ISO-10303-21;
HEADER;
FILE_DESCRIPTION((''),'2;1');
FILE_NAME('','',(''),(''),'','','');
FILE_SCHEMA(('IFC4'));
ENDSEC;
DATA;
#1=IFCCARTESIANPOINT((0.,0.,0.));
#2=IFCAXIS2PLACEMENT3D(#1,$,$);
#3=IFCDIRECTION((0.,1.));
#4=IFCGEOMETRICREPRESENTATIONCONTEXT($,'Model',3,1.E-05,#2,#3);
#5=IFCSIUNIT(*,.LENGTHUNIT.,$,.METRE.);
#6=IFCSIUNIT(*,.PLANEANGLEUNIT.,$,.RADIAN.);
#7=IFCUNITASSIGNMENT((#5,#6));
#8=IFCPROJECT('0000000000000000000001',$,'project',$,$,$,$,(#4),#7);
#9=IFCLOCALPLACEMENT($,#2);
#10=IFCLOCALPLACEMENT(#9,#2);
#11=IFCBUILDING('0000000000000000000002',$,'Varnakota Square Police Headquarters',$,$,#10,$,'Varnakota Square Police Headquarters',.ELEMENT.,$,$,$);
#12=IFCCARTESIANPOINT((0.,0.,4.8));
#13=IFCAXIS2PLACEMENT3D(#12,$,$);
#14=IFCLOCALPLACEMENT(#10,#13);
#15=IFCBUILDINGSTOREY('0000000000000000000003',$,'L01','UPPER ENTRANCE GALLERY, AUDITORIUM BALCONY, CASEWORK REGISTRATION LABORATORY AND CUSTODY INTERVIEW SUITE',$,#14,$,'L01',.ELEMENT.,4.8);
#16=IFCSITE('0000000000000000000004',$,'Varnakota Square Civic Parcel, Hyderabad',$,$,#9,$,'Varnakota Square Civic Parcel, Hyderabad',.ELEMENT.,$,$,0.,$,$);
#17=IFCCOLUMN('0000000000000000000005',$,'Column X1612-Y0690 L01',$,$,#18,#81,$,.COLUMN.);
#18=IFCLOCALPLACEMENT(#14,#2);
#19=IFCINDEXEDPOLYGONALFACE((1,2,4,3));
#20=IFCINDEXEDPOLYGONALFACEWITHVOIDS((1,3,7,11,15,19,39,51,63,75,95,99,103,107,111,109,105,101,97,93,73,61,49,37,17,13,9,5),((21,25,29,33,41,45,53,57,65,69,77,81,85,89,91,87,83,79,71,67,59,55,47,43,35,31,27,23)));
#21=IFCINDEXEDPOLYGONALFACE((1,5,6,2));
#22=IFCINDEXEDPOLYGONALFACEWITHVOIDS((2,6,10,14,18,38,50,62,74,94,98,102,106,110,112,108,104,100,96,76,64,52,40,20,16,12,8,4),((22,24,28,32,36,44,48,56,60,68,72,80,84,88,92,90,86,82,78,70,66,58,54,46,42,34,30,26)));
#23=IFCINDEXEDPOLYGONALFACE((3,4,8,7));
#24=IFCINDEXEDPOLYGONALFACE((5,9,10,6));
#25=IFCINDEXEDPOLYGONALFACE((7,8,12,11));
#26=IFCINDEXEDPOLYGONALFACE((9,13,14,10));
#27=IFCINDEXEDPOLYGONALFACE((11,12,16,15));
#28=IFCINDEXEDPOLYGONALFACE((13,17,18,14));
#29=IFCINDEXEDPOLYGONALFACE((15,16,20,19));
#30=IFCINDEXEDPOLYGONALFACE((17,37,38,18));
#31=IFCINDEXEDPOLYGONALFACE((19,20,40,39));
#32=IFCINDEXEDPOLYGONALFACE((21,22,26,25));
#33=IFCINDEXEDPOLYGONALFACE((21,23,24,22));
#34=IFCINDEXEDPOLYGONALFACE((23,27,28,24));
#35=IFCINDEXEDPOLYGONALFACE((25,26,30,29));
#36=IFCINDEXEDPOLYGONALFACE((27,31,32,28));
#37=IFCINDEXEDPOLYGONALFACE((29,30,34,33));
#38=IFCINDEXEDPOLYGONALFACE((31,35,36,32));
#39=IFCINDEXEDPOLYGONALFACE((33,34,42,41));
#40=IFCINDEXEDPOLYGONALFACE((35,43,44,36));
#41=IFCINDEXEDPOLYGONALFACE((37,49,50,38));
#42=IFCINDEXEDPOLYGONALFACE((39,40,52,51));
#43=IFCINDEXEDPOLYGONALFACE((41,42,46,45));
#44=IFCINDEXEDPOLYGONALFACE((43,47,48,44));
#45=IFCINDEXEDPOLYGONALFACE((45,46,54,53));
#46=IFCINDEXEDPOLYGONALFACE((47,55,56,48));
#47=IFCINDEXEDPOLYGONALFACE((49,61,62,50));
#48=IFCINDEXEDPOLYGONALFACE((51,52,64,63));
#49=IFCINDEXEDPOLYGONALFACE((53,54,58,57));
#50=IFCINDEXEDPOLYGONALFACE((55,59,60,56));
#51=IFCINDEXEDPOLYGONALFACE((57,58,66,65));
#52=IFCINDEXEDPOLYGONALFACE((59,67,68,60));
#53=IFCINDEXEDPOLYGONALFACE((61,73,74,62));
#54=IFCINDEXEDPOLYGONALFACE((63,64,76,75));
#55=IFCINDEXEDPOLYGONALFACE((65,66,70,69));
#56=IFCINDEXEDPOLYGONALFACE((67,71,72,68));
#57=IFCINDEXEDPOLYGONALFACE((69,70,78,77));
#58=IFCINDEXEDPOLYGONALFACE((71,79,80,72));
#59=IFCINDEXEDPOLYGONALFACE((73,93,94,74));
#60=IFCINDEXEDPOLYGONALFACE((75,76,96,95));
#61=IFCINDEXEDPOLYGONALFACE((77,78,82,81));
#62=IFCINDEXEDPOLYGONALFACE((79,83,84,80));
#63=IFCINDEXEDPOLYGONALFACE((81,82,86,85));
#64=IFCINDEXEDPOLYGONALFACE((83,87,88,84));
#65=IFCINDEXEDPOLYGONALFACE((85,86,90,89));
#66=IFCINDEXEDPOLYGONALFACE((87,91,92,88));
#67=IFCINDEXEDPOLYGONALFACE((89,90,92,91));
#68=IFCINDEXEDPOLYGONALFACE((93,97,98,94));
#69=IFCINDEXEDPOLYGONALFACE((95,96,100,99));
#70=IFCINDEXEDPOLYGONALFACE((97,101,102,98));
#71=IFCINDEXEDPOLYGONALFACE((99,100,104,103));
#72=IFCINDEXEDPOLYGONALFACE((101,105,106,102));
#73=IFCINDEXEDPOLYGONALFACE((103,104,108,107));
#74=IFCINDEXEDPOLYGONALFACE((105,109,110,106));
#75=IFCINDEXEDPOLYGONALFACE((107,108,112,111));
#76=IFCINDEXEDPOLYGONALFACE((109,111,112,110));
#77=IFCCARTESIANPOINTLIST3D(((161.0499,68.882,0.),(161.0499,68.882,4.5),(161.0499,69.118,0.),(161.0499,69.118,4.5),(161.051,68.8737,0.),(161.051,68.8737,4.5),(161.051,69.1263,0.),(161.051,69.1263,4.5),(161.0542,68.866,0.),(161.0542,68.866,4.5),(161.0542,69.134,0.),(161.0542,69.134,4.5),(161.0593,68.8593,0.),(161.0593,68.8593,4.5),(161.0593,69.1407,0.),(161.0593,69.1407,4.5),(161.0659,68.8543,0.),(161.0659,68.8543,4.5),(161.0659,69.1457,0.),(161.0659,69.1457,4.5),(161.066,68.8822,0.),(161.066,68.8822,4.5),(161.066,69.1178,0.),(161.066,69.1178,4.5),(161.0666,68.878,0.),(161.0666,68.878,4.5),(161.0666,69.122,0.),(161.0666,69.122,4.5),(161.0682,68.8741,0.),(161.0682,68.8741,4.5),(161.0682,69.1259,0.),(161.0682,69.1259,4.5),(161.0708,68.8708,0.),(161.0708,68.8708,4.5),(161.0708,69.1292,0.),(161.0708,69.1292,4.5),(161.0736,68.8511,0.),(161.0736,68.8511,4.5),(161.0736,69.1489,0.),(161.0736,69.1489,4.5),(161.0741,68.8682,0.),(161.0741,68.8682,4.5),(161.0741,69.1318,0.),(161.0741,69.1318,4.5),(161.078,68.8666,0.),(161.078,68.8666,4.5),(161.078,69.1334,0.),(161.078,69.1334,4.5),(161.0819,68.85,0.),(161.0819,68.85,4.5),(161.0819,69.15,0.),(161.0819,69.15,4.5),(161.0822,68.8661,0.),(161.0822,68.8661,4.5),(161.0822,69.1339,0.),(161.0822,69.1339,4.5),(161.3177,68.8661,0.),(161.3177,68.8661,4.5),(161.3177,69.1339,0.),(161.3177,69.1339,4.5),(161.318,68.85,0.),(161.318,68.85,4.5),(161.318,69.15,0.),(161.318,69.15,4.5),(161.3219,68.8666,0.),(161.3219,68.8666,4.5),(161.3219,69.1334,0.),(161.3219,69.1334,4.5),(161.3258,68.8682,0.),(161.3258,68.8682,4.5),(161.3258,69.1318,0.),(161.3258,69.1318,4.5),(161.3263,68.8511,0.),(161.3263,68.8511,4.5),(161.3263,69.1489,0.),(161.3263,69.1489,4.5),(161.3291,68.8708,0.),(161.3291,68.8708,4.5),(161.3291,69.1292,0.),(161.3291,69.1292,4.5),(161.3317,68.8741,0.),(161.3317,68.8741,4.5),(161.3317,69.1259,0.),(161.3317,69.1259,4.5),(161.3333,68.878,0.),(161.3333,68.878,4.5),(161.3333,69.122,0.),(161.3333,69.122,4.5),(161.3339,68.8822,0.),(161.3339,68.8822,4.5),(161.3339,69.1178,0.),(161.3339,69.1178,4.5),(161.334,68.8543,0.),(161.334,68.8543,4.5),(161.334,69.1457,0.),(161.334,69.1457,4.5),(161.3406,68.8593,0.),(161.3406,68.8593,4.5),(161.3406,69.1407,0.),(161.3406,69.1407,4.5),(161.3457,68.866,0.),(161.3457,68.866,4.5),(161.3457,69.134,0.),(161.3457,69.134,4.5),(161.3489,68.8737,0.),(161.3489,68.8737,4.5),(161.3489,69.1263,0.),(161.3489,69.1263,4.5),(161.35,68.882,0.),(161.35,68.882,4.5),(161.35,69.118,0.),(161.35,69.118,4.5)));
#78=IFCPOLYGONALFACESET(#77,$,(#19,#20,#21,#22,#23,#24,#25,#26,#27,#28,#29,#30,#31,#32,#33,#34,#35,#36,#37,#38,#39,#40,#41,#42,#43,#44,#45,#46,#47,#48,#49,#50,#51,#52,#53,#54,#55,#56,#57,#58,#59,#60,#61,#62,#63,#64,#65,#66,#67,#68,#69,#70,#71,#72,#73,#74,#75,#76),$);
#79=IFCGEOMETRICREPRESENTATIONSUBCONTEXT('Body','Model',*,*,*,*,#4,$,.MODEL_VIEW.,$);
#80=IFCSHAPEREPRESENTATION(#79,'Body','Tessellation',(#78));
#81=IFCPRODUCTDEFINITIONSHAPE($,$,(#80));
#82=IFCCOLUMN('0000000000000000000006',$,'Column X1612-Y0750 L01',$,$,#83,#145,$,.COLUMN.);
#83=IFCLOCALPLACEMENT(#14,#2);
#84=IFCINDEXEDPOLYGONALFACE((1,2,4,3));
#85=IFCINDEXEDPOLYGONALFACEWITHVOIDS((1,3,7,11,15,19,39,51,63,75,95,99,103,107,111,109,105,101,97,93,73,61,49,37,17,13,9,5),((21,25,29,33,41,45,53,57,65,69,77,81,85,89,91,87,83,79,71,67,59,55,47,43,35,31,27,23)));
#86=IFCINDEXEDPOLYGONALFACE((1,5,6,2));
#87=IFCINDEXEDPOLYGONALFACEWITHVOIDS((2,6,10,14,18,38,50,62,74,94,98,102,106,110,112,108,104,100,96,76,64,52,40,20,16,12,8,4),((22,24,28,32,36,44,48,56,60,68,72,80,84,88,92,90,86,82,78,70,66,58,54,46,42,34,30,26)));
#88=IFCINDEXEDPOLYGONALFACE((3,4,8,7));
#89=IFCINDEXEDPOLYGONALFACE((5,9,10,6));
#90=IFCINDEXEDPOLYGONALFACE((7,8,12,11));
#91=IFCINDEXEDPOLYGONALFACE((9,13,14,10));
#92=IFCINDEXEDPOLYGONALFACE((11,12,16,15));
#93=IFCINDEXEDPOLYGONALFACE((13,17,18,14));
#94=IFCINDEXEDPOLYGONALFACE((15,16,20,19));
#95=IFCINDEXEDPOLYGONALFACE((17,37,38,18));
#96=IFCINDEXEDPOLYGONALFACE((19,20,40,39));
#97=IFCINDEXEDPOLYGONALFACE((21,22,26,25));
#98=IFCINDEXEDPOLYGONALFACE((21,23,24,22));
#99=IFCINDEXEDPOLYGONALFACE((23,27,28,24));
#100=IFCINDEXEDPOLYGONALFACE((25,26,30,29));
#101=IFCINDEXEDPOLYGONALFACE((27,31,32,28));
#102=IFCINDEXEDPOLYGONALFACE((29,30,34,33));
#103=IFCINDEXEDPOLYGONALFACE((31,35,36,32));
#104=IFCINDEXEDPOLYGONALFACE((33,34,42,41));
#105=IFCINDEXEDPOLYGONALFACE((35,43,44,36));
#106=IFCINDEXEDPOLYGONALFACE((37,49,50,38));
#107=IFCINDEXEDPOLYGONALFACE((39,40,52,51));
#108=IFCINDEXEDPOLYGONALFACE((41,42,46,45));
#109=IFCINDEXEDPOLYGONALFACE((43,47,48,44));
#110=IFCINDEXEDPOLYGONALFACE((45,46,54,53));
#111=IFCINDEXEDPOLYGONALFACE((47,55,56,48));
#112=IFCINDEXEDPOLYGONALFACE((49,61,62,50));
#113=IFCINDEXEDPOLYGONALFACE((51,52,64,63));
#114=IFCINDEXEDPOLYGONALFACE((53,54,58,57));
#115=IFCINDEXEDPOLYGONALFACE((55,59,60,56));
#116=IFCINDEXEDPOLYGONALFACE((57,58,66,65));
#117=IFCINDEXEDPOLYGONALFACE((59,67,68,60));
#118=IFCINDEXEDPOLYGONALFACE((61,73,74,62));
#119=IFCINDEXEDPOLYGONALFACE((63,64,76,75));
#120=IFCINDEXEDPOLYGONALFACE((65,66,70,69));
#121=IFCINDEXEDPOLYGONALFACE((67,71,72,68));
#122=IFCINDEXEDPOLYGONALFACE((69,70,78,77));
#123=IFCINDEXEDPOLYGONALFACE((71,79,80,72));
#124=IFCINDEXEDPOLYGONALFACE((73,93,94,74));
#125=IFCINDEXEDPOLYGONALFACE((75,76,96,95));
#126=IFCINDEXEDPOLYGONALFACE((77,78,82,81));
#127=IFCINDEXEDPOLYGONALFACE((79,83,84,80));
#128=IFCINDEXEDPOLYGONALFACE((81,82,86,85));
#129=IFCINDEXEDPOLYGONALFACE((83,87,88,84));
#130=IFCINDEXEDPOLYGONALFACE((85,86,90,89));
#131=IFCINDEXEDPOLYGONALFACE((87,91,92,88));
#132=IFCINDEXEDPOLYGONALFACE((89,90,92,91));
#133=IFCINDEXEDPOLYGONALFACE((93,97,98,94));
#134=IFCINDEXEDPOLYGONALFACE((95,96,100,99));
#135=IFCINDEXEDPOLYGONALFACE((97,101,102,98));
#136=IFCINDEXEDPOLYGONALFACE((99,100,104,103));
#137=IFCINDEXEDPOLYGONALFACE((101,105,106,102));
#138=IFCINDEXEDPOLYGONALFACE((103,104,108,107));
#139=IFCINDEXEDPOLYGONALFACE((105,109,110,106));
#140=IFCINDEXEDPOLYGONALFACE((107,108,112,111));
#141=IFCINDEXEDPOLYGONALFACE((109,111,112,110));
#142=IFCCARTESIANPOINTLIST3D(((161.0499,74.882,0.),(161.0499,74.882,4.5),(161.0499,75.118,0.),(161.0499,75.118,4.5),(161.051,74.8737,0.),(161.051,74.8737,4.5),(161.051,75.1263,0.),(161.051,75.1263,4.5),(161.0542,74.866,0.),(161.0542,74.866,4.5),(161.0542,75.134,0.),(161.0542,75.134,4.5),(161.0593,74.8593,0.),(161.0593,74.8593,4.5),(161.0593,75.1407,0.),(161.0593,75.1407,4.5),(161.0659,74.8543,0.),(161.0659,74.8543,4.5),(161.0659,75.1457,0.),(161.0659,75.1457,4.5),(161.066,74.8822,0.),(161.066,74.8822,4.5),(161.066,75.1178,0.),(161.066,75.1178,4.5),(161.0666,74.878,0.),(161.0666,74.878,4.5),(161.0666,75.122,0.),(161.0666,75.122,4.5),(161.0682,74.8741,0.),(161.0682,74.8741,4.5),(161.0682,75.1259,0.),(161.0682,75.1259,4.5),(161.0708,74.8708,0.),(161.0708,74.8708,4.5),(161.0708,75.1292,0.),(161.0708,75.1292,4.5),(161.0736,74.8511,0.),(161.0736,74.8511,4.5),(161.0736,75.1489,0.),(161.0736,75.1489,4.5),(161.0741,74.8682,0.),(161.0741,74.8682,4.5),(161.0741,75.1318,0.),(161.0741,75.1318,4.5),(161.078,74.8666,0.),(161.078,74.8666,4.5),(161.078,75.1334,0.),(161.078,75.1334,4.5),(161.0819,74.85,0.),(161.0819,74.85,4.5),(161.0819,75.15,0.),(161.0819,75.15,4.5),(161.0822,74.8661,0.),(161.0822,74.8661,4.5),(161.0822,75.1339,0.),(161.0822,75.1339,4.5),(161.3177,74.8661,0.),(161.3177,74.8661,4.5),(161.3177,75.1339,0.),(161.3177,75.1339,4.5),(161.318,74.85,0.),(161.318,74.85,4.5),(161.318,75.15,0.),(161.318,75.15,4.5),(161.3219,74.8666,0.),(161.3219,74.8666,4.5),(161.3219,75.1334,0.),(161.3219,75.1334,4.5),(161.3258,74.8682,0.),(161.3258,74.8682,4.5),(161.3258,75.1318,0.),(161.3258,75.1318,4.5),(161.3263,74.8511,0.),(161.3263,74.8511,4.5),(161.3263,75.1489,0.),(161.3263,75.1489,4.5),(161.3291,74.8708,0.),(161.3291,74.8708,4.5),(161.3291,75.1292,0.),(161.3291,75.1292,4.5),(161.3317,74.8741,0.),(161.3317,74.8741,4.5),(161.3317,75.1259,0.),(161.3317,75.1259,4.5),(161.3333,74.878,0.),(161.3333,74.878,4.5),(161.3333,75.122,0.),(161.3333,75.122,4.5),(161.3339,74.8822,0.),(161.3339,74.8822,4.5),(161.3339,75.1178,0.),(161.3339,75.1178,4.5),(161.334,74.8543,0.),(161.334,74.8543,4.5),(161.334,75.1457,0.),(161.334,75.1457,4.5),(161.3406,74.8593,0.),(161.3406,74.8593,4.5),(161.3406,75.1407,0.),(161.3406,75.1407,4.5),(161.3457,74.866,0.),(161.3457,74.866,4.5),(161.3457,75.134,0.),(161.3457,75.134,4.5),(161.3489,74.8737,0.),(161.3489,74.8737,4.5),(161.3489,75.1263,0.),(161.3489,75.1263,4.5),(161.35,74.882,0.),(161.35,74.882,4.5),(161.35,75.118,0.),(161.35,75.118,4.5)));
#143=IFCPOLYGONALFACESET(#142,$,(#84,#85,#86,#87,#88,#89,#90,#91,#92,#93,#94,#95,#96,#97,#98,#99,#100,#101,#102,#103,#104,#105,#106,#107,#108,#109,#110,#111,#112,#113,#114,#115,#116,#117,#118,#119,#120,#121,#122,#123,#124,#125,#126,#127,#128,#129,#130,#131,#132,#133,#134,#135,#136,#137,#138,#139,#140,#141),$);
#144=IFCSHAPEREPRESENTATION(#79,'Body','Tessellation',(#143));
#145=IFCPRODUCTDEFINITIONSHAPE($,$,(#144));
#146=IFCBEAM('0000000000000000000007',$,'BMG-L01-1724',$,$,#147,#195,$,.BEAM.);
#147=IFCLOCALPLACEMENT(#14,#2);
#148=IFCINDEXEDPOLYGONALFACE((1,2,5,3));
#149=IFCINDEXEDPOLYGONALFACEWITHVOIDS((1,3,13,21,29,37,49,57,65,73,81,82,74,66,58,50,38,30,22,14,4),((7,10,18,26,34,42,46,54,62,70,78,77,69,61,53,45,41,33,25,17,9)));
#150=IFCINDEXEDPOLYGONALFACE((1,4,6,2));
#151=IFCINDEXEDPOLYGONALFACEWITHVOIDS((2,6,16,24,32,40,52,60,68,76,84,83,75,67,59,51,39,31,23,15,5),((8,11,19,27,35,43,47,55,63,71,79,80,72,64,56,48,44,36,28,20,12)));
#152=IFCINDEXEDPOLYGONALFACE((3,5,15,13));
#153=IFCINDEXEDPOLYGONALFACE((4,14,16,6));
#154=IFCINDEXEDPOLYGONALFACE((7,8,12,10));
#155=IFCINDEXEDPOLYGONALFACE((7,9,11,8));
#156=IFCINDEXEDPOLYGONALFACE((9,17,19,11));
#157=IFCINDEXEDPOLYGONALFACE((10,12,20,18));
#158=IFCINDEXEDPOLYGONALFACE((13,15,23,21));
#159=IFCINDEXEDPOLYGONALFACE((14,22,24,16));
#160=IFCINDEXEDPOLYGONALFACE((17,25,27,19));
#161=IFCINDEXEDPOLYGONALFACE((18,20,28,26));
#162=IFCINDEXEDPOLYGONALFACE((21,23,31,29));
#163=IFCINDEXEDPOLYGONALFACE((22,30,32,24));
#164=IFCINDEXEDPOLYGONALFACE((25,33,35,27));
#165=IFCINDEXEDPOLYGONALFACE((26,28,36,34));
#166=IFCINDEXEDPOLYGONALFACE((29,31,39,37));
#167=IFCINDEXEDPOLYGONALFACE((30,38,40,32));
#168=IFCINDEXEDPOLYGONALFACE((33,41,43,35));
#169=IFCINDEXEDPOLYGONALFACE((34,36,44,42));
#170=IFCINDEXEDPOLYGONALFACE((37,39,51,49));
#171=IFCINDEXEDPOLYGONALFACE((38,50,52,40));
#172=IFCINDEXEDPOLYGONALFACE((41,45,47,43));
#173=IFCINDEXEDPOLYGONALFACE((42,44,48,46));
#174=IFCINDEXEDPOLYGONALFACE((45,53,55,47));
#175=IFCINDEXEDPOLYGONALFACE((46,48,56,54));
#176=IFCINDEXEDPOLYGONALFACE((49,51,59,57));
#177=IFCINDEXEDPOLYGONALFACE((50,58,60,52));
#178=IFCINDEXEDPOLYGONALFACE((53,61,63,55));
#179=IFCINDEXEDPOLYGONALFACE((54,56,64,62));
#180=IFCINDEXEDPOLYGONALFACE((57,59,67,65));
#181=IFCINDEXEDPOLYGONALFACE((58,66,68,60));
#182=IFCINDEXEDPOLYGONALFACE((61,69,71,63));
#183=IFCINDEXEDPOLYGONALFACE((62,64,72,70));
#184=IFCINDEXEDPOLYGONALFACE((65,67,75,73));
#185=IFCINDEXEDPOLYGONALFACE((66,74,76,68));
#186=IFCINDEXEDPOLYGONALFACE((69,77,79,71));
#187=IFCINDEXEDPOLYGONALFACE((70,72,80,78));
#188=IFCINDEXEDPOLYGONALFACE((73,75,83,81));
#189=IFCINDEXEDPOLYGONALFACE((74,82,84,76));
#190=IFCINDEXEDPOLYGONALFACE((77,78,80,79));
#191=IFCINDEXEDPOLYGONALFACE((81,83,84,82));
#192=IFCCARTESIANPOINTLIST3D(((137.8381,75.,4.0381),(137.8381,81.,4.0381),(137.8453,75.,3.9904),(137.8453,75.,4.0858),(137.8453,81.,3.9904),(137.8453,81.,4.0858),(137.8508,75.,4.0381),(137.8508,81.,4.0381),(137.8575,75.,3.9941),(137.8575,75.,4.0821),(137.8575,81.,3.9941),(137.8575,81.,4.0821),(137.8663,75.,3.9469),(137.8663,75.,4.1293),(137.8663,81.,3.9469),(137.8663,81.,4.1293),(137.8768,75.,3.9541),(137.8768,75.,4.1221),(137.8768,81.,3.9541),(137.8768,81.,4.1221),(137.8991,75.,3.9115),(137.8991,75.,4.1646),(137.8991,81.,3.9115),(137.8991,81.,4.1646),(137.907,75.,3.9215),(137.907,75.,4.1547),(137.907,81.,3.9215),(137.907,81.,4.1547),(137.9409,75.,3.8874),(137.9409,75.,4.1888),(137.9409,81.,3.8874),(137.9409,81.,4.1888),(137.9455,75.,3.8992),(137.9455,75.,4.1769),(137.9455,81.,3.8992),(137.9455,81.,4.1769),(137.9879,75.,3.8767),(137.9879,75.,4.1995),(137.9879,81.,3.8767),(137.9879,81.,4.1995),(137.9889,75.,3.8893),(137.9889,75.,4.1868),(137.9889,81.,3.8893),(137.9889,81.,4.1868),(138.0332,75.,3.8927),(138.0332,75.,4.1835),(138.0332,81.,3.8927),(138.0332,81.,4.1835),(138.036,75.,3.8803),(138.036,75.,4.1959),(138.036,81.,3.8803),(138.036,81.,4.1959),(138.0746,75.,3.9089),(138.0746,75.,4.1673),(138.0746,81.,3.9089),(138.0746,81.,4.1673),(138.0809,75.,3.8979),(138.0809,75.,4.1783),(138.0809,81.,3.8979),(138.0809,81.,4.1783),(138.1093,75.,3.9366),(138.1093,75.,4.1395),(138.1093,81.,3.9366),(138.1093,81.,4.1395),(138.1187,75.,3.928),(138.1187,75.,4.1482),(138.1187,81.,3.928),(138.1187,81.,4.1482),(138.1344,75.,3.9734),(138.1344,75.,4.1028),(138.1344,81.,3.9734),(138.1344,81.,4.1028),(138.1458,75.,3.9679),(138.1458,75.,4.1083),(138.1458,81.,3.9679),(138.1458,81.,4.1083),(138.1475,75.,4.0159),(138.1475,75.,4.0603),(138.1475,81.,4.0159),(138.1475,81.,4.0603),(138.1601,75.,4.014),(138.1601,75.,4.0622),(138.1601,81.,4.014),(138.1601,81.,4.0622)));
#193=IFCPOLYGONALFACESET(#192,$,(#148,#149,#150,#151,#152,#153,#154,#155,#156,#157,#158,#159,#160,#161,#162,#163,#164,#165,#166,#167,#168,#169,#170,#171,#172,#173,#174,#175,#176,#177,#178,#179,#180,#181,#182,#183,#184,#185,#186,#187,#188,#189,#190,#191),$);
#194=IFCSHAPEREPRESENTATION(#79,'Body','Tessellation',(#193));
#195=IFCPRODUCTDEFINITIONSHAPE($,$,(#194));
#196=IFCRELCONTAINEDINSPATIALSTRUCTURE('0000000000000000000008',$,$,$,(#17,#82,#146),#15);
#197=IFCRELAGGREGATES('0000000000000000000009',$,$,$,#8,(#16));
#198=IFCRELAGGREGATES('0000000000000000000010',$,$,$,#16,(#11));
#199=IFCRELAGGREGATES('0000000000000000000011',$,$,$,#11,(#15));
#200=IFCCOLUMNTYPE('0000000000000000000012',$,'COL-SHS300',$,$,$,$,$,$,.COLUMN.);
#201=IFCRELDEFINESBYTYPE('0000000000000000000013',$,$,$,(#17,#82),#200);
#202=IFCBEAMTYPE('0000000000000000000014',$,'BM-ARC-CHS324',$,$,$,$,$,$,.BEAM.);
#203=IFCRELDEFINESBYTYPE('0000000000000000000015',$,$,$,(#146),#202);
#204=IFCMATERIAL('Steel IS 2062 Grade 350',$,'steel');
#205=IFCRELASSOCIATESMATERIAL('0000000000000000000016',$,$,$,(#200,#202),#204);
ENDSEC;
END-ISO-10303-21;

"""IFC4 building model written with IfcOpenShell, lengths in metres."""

from ifc_helpers import new_model, si_unit, direction, frame, origin, origin_2d, place, context, subcontext, project, spatial, hollow_rectangle, hollow_circle, extrude, material, material_profile, profile_set, type_object, element, save


model = new_model("IFC4")

# Units and contexts
model_context = context("Model", 3, precision=1e-05, world=origin(), true_north=direction((0.0, 1.0)))
body_context = subcontext(model_context, "Body", "Model", "MODEL_VIEW")
ifc_project = project(units=[si_unit("LENGTHUNIT", "METRE"), si_unit("PLANEANGLEUNIT", "RADIAN")], contexts=[model_context])

# Site, building, storey
site_placement = place(None, origin())
site = spatial("IfcSite", under=ifc_project, at=site_placement, Name="Varnakota Square Civic Parcel, Hyderabad", LongName="Varnakota Square Civic Parcel, Hyderabad", CompositionType="ELEMENT", RefElevation=0.0)
building_placement = place(site_placement, origin())
building = spatial("IfcBuilding", under=site, at=building_placement, Name="Varnakota Square Police Headquarters", LongName="Varnakota Square Police Headquarters", CompositionType="ELEMENT")
storey_placement = place(building_placement, frame((0.0, 0.0, 4.8)))
storey = spatial("IfcBuildingStorey", under=building, at=storey_placement, Name="L01", Description="UPPER ENTRANCE GALLERY, AUDITORIUM BALCONY, CASEWORK REGISTRATION LABORATORY AND CUSTODY INTERVIEW SUITE", LongName="L01", CompositionType="ELEMENT", Elevation=4.8)

# Columns
ifc_material_1 = material(Name="Steel IS 2062 Grade 350", Category="steel")
ifc_material_profile_1 = material_profile(ifc_material_1, hollow_rectangle(XDim=0.3, YDim=0.3, WallThickness=0.0161, InnerFilletRadius=0.0161, OuterFilletRadius=0.032, at=origin_2d()), Name="SHS 300x300x16")
ifc_profile_set_1 = profile_set([ifc_material_profile_1], Name="Steel IS 2062 Grade 350")
column_type_1 = type_object("IfcColumnType", Name="COL-SHS300", PredefinedType="COLUMN", material=ifc_profile_set_1)
for number, where, z_axis, x_axis, name in (
    (1, (161.2, 69.0, 0.0), (0.0, 0.0, 1.0), (1.0, 0.0, 0.0), "Column X1612-Y0690 L01"),
    (2, (161.2, 75.0, 0.0), (0.0, 0.0, 1.0), (1.0, 0.0, 0.0), "Column X1612-Y0750 L01"),
):
    element("IfcColumn", number, at=place(storey_placement, frame(where, z_axis=z_axis, x_axis=x_axis)), inside=storey, type_object=column_type_1, Name=name, PredefinedType="COLUMN", context=body_context, shape_type="SweptSolid", body=[
        extrude(hollow_rectangle(XDim=0.3, YDim=0.3, WallThickness=0.0161, InnerFilletRadius=0.0161, OuterFilletRadius=0.032, at=origin_2d()), origin(), (0.0, 0.0, 1.0), 4.5),
    ])

# Beam
ifc_material_profile_2 = material_profile(ifc_material_1, hollow_circle(Radius=0.1619, WallThickness=0.0127, at=origin_2d()), Name="CHS 323.9x12.7")
ifc_profile_set_2 = profile_set([ifc_material_profile_2], Name="Steel IS 2062 Grade 350")
beam_type_1 = type_object("IfcBeamType", Name="BM-ARC-CHS324", PredefinedType="BEAM", material=ifc_profile_set_2)
for number, where, z_axis, x_axis, name in (
    (3, (138.0, 75.0, 4.0381), (0.0, 1.0, 0.0), (-1.0, 0.0, 0.0), "BMG-L01-1724"),
):
    element("IfcBeam", number, at=place(storey_placement, frame(where, z_axis=z_axis, x_axis=x_axis)), inside=storey, type_object=beam_type_1, Name=name, PredefinedType="BEAM", context=body_context, shape_type="SweptSolid", body=[
        extrude(hollow_circle(Radius=0.1619, WallThickness=0.0127, at=origin_2d()), origin(), (0.0, 0.0, 1.0), 6.0),
    ])

save(model, "model.ifc")
